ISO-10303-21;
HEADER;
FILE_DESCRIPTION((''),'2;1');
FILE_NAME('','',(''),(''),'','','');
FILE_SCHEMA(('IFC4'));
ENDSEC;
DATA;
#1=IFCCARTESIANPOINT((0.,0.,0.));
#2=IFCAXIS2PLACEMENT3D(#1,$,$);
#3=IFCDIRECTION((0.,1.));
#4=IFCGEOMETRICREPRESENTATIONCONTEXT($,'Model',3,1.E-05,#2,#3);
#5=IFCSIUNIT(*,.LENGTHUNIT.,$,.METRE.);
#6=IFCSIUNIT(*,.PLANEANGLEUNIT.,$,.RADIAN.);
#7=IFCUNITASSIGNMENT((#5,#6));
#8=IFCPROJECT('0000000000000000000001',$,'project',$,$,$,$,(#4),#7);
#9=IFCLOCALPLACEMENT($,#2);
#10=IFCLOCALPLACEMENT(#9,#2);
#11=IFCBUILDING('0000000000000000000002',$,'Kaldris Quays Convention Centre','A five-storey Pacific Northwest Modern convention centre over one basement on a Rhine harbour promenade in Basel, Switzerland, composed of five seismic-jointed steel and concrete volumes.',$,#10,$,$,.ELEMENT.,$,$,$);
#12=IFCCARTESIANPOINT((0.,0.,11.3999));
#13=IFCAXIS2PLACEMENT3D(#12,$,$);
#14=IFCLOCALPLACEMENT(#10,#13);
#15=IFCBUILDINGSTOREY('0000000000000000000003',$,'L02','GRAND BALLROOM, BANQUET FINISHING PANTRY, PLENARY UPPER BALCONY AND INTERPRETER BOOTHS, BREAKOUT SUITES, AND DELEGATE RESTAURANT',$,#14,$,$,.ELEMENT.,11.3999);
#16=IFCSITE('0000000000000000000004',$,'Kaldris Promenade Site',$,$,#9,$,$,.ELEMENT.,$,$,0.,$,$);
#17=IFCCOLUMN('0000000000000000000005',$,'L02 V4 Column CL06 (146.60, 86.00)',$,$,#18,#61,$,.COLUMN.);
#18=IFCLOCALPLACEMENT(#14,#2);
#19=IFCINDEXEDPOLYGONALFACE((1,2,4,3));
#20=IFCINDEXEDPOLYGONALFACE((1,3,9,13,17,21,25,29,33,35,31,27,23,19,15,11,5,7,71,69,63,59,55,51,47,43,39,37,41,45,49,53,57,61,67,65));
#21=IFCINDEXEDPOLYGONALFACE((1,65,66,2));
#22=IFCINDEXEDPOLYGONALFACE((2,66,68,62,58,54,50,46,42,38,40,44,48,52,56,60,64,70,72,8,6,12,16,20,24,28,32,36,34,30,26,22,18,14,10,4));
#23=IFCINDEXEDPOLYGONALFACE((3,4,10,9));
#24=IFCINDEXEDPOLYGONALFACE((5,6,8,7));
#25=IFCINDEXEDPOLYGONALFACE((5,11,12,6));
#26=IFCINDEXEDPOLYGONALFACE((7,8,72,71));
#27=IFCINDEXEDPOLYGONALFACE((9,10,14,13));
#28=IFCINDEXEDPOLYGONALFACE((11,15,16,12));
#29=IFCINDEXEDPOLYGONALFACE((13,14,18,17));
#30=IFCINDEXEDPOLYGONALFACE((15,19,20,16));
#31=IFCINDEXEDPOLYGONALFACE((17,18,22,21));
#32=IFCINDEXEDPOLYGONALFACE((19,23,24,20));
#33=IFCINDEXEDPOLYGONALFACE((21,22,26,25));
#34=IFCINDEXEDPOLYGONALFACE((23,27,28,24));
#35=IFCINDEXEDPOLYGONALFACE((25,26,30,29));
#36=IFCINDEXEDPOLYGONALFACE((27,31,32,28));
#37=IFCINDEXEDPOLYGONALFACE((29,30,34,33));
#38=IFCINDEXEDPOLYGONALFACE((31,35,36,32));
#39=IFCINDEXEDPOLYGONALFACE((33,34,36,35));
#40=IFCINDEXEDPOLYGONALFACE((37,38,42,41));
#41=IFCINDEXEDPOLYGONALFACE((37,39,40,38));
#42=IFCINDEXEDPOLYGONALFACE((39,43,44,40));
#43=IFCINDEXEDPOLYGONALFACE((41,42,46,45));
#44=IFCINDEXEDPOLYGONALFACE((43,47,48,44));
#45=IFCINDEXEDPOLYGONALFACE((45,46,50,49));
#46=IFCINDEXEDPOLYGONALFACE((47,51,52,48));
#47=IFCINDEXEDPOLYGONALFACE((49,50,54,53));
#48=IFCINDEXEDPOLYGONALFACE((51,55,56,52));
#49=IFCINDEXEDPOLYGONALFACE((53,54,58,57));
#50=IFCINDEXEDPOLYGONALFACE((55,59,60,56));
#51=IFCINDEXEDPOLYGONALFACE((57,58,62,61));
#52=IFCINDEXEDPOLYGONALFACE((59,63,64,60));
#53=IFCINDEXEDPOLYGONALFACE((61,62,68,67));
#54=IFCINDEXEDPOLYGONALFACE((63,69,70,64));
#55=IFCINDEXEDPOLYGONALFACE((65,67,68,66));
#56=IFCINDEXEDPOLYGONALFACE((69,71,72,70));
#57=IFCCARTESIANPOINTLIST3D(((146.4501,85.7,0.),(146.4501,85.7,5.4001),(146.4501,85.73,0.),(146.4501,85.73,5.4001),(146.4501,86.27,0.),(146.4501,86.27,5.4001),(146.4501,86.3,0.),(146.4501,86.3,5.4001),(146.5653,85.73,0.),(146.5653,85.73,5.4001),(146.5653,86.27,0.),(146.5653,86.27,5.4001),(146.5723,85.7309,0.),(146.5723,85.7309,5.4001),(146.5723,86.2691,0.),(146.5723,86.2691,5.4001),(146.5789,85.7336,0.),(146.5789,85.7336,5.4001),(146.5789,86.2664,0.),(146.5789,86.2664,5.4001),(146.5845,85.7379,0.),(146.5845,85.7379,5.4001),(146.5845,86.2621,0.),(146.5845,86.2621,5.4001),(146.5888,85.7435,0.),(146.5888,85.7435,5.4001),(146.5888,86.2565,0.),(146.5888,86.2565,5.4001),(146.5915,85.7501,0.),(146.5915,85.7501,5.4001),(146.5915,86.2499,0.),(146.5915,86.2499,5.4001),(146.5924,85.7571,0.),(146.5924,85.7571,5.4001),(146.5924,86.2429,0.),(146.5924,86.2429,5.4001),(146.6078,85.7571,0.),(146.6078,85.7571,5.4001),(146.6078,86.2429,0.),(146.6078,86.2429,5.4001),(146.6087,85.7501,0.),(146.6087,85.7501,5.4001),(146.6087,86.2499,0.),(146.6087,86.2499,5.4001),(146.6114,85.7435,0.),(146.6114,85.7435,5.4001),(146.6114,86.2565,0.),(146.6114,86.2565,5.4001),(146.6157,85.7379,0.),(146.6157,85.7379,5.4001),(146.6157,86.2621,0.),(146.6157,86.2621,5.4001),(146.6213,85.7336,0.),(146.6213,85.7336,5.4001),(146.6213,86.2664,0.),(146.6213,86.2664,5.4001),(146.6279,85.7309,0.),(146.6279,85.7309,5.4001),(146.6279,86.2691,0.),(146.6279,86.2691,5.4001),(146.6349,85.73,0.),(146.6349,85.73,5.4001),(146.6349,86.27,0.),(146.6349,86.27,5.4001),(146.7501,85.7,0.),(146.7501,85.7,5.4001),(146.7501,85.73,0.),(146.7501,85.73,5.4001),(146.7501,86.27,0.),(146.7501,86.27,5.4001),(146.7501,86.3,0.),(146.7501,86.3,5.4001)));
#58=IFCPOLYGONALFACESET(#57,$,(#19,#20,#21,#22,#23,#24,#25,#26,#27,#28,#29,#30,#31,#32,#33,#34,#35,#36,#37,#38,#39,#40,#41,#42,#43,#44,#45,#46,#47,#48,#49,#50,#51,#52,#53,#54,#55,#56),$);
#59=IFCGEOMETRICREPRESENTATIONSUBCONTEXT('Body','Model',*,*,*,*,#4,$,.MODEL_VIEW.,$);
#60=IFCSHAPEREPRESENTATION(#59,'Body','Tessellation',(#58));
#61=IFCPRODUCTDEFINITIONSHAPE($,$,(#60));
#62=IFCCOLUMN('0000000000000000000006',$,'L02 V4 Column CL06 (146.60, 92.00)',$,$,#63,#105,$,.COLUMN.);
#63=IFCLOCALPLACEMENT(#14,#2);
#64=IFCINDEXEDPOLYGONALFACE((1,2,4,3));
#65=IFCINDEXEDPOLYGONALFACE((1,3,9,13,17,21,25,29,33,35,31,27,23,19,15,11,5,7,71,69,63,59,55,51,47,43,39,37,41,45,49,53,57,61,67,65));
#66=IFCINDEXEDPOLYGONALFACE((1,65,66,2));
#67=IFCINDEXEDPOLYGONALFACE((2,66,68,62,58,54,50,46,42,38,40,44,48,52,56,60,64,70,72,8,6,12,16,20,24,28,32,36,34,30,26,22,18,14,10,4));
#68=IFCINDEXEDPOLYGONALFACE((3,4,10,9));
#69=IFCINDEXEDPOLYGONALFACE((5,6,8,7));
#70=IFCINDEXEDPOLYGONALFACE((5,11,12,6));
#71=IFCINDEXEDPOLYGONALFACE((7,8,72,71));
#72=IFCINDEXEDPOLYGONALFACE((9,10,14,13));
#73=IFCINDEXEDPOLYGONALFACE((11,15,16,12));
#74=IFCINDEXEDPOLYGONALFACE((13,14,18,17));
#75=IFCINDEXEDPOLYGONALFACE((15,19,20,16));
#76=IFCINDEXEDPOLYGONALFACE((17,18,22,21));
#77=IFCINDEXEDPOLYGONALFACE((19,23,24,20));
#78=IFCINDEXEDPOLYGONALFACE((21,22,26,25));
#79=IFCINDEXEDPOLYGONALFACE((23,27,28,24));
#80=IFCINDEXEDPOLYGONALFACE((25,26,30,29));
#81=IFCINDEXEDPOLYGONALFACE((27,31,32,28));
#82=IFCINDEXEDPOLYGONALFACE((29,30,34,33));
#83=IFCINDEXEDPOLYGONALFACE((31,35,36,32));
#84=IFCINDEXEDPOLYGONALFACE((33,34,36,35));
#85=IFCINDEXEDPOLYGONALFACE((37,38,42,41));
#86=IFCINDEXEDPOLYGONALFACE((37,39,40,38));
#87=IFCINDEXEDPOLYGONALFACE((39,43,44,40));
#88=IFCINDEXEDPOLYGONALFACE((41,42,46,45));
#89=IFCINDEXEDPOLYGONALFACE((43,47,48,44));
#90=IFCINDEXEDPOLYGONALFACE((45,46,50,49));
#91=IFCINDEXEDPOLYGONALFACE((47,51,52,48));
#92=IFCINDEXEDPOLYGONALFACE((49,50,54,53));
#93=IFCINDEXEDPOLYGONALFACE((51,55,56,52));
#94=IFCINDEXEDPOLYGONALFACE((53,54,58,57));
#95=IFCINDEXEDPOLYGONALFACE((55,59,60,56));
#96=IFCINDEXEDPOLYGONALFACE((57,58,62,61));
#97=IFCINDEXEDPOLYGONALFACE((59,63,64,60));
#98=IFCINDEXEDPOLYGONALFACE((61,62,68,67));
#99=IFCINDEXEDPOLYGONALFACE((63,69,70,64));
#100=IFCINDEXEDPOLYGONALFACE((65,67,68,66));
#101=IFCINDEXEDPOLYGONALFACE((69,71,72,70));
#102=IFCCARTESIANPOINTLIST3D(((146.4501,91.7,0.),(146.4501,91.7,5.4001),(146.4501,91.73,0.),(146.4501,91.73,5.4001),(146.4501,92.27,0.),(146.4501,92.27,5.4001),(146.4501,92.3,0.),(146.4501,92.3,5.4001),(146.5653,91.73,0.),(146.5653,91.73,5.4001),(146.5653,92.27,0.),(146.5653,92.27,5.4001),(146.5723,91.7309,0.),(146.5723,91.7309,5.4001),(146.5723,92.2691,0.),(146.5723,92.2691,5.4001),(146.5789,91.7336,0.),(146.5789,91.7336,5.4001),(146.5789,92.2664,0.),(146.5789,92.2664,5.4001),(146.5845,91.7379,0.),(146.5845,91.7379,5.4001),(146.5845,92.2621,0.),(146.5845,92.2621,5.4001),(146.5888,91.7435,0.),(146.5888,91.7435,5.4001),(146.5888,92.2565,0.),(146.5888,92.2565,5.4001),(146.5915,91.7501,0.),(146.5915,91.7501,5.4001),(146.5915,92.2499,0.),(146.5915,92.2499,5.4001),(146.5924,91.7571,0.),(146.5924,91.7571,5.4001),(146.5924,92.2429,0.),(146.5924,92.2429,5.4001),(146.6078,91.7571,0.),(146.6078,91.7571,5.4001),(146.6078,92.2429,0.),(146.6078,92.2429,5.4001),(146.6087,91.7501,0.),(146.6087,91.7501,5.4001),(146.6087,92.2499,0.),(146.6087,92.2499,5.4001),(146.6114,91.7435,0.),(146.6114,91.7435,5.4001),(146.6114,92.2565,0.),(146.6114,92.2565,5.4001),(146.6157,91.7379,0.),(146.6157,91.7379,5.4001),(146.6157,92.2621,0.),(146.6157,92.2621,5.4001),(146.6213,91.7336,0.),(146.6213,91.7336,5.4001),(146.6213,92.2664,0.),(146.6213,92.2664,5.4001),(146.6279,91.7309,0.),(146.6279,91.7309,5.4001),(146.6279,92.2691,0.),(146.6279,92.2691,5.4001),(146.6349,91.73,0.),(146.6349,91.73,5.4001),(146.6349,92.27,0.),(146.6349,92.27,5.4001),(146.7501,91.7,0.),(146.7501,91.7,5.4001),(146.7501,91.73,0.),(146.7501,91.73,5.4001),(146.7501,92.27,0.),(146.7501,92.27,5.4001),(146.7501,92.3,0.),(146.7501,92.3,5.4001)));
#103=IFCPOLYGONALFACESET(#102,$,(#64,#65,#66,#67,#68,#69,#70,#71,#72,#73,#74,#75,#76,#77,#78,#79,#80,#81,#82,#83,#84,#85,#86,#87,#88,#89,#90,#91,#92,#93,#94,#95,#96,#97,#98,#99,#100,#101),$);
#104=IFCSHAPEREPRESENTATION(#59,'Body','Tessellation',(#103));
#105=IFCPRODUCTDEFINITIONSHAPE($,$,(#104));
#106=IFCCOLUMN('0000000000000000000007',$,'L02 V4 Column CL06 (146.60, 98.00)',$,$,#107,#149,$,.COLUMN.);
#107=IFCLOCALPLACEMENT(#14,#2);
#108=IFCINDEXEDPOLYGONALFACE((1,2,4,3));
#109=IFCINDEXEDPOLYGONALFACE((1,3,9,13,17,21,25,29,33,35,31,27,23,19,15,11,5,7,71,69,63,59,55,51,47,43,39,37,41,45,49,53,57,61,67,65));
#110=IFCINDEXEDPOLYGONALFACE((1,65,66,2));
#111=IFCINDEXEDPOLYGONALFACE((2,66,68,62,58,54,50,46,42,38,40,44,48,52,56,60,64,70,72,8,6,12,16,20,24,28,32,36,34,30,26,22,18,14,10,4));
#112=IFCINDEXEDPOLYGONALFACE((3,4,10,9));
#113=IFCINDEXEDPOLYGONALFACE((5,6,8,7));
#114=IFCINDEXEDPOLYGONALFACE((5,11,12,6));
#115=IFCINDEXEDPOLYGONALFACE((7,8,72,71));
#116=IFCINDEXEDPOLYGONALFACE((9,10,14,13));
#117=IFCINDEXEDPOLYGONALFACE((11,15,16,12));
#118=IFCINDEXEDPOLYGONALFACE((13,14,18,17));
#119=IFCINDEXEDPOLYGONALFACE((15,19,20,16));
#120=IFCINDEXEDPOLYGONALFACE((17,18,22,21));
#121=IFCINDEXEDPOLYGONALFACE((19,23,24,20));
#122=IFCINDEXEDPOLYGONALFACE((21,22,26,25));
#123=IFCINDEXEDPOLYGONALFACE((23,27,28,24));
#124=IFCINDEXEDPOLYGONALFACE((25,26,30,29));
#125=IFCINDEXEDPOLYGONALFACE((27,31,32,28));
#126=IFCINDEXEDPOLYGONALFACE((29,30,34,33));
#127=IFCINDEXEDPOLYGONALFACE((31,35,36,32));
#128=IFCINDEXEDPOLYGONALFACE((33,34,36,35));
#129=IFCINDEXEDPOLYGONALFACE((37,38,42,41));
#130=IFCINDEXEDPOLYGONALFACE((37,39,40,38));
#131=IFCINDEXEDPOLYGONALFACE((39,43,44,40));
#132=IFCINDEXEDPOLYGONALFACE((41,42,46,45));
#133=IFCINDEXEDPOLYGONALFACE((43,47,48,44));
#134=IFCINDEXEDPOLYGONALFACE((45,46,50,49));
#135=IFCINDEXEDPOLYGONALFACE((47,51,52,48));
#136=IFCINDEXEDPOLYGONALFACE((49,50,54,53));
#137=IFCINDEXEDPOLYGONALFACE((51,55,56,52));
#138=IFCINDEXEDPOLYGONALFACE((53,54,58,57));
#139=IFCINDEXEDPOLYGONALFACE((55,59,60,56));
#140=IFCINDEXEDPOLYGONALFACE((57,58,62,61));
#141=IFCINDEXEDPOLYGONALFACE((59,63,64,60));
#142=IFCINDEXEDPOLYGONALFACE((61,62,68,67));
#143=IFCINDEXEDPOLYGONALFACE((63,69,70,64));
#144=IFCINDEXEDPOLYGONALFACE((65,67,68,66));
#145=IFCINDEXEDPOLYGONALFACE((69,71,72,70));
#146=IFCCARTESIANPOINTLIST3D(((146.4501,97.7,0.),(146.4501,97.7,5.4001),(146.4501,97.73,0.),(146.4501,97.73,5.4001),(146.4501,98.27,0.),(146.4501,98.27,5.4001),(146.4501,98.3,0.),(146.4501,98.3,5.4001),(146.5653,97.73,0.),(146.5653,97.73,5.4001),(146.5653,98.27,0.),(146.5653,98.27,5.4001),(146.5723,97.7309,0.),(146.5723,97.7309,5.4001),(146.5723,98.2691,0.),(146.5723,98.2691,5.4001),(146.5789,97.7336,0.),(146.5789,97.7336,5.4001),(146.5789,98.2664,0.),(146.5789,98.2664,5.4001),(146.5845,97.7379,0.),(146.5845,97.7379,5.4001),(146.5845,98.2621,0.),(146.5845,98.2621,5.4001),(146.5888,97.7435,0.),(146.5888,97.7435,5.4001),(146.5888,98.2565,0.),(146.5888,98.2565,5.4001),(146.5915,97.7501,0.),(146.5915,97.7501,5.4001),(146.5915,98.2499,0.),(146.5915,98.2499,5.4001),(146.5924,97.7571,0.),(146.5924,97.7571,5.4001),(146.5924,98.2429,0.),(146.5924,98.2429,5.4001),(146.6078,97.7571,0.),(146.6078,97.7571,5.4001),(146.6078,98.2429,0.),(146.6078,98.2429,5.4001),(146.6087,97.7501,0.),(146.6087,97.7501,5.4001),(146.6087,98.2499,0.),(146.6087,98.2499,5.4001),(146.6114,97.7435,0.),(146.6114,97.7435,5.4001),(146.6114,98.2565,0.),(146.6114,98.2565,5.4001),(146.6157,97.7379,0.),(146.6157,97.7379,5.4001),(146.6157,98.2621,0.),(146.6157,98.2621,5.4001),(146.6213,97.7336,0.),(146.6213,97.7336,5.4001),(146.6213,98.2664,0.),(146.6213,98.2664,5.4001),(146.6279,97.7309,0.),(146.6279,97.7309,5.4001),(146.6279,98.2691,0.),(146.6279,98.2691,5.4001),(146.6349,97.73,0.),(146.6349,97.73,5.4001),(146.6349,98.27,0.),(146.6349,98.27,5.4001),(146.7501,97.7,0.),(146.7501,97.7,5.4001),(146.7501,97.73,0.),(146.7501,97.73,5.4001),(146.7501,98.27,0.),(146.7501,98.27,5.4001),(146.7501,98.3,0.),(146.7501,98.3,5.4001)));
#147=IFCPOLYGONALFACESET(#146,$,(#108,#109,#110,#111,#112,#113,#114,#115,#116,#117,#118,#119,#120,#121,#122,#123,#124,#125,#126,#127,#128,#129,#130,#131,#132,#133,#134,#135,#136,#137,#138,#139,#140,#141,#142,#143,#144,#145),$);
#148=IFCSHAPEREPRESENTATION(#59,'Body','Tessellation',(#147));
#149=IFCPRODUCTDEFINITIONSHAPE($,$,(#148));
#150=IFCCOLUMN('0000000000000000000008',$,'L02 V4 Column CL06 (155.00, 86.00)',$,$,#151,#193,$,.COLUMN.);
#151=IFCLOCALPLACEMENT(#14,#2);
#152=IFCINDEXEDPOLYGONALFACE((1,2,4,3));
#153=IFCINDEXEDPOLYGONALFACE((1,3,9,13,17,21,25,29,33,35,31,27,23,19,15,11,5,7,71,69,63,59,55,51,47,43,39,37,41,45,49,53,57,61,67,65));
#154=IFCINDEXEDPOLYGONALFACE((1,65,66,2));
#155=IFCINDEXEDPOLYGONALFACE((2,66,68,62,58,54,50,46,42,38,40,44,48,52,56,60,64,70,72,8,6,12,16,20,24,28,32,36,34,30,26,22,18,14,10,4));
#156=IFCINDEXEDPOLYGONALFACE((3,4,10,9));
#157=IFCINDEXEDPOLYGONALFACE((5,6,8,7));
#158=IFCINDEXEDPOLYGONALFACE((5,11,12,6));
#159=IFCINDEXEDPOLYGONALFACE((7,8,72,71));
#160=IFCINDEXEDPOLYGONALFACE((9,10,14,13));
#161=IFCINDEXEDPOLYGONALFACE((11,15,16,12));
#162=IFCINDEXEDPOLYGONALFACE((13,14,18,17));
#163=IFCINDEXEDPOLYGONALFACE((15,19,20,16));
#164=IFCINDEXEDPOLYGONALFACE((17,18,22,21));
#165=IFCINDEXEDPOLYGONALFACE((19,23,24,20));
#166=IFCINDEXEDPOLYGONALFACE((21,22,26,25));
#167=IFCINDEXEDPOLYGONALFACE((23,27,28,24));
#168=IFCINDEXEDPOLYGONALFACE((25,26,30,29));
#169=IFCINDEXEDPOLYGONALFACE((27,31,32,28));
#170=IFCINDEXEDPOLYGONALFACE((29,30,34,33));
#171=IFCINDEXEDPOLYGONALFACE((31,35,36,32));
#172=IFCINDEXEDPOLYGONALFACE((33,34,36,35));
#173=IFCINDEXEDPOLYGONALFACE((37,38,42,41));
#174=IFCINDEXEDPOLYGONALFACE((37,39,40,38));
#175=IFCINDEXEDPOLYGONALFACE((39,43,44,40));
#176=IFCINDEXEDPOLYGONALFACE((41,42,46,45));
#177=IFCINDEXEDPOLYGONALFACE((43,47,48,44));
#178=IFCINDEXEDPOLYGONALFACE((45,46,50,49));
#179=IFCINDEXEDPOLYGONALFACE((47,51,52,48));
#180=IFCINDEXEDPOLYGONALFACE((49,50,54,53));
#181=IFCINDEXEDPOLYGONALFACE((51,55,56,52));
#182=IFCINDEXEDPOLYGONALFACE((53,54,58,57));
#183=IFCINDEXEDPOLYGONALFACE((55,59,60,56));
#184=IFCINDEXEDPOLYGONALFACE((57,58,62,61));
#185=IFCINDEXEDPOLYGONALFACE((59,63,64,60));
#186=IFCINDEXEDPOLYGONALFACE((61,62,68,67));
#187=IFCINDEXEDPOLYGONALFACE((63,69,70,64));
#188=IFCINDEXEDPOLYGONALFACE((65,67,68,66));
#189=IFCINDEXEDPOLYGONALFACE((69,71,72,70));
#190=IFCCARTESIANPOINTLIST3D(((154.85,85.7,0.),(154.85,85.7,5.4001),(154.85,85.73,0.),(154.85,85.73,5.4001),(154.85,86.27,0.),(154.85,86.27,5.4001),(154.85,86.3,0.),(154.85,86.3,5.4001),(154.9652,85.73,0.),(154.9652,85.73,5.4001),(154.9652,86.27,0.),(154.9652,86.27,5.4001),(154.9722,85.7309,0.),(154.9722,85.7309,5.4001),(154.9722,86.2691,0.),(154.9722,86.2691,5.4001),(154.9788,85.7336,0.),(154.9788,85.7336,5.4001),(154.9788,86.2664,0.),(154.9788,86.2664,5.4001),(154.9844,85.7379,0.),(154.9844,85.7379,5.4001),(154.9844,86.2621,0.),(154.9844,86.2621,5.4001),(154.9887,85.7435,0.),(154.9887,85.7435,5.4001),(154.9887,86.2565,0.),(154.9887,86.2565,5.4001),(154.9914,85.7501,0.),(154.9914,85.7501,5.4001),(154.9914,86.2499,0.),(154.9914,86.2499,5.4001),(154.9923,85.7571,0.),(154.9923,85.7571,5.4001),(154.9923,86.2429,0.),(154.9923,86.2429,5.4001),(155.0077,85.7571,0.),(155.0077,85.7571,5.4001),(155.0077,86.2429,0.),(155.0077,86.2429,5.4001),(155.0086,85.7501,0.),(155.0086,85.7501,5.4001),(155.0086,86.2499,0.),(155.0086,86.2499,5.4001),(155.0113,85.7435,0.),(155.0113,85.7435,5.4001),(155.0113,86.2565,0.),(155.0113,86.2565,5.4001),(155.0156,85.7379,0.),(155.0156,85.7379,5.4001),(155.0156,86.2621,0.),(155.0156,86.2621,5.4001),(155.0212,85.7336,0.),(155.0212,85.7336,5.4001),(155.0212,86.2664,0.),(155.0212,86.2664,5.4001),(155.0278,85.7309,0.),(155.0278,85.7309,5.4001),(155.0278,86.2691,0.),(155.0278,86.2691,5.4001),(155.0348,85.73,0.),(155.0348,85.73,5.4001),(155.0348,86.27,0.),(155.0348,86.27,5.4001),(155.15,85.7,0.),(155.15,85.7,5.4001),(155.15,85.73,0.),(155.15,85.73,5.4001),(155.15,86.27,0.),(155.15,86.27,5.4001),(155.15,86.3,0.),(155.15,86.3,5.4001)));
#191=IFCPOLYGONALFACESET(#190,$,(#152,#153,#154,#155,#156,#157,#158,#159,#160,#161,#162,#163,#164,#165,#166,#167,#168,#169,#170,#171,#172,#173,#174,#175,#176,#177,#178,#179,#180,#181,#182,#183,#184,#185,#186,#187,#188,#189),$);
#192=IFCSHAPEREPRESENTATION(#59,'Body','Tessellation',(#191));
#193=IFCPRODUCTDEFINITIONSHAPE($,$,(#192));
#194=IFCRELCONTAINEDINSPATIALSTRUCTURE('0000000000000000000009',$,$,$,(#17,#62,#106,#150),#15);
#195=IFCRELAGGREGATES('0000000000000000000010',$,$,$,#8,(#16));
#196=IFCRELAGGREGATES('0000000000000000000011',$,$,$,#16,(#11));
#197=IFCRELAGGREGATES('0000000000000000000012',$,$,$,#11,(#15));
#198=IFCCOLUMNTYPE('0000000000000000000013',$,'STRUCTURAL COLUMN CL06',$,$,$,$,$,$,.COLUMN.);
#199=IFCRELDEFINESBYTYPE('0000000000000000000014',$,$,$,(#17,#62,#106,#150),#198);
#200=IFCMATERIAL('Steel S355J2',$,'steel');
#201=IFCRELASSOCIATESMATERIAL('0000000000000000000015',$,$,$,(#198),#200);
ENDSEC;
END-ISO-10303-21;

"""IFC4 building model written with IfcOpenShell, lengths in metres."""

from ifc_helpers import new_model, si_unit, direction, frame, origin, origin_2d, place, context, subcontext, project, spatial, i_section, extrude, material, material_profile, profile_set, type_object, element, save


model = new_model("IFC4")

# Units and contexts
model_context = context("Model", 3, precision=1e-05, world=origin(), true_north=direction((0.0, 1.0)))
body_context = subcontext(model_context, "Body", "Model", "MODEL_VIEW")
ifc_project = project(units=[si_unit("LENGTHUNIT", "METRE"), si_unit("PLANEANGLEUNIT", "RADIAN")], contexts=[model_context])

# Site, building, storey
site_placement = place(None, origin())
site = spatial("IfcSite", under=ifc_project, at=site_placement, Name="Kaldris Promenade Site", CompositionType="ELEMENT", RefElevation=0.0)
building_placement = place(site_placement, origin())
building = spatial("IfcBuilding", under=site, at=building_placement, Name="Kaldris Quays Convention Centre", Description="A five-storey Pacific Northwest Modern convention centre over one basement on a Rhine harbour promenade in Basel, Switzerland, composed of five seismic-jointed steel and concrete volumes.", CompositionType="ELEMENT")
storey_placement = place(building_placement, frame((0.0, 0.0, 11.3999)))
storey = spatial("IfcBuildingStorey", under=building, at=storey_placement, Name="L02", Description="GRAND BALLROOM, BANQUET FINISHING PANTRY, PLENARY UPPER BALCONY AND INTERPRETER BOOTHS, BREAKOUT SUITES, AND DELEGATE RESTAURANT", CompositionType="ELEMENT", Elevation=11.3999)

# Columns
ifc_material_1 = material(Name="Steel S355J2", Category="steel")
ifc_material_profile_1 = material_profile(ifc_material_1, i_section(OverallWidth=0.3, OverallDepth=0.6001, WebThickness=0.0154, FlangeThickness=0.03, FilletRadius=0.0271, at=origin_2d()), Name="HEB 600")
ifc_profile_set_1 = profile_set([ifc_material_profile_1], Name="Steel S355J2")
column_type = type_object("IfcColumnType", Name="STRUCTURAL COLUMN CL06", PredefinedType="COLUMN", material=ifc_profile_set_1)
for number, where, z_axis, x_axis, name in (
    (1, (146.6001, 86.0, 0.0), (0.0, 0.0, 1.0), (1.0, 0.0, 0.0), "L02 V4 Column CL06 (146.60, 86.00)"),
    (2, (146.6001, 92.0, 0.0), (0.0, 0.0, 1.0), (1.0, 0.0, 0.0), "L02 V4 Column CL06 (146.60, 92.00)"),
    (3, (146.6001, 98.0, 0.0), (0.0, 0.0, 1.0), (1.0, 0.0, 0.0), "L02 V4 Column CL06 (146.60, 98.00)"),
    (4, (155.0, 86.0, 0.0), (0.0, 0.0, 1.0), (1.0, 0.0, 0.0), "L02 V4 Column CL06 (155.00, 86.00)"),
):
    element("IfcColumn", number, at=place(storey_placement, frame(where, z_axis=z_axis, x_axis=x_axis)), inside=storey, type_object=column_type, Name=name, PredefinedType="COLUMN", context=body_context, shape_type="SweptSolid", body=[
        extrude(i_section(OverallWidth=0.3, OverallDepth=0.6001, WebThickness=0.0154, FlangeThickness=0.03, FilletRadius=0.0271, at=origin_2d()), origin(), (0.0, 0.0, 1.0), 5.4001),
    ])

save(model, "model.ifc")
